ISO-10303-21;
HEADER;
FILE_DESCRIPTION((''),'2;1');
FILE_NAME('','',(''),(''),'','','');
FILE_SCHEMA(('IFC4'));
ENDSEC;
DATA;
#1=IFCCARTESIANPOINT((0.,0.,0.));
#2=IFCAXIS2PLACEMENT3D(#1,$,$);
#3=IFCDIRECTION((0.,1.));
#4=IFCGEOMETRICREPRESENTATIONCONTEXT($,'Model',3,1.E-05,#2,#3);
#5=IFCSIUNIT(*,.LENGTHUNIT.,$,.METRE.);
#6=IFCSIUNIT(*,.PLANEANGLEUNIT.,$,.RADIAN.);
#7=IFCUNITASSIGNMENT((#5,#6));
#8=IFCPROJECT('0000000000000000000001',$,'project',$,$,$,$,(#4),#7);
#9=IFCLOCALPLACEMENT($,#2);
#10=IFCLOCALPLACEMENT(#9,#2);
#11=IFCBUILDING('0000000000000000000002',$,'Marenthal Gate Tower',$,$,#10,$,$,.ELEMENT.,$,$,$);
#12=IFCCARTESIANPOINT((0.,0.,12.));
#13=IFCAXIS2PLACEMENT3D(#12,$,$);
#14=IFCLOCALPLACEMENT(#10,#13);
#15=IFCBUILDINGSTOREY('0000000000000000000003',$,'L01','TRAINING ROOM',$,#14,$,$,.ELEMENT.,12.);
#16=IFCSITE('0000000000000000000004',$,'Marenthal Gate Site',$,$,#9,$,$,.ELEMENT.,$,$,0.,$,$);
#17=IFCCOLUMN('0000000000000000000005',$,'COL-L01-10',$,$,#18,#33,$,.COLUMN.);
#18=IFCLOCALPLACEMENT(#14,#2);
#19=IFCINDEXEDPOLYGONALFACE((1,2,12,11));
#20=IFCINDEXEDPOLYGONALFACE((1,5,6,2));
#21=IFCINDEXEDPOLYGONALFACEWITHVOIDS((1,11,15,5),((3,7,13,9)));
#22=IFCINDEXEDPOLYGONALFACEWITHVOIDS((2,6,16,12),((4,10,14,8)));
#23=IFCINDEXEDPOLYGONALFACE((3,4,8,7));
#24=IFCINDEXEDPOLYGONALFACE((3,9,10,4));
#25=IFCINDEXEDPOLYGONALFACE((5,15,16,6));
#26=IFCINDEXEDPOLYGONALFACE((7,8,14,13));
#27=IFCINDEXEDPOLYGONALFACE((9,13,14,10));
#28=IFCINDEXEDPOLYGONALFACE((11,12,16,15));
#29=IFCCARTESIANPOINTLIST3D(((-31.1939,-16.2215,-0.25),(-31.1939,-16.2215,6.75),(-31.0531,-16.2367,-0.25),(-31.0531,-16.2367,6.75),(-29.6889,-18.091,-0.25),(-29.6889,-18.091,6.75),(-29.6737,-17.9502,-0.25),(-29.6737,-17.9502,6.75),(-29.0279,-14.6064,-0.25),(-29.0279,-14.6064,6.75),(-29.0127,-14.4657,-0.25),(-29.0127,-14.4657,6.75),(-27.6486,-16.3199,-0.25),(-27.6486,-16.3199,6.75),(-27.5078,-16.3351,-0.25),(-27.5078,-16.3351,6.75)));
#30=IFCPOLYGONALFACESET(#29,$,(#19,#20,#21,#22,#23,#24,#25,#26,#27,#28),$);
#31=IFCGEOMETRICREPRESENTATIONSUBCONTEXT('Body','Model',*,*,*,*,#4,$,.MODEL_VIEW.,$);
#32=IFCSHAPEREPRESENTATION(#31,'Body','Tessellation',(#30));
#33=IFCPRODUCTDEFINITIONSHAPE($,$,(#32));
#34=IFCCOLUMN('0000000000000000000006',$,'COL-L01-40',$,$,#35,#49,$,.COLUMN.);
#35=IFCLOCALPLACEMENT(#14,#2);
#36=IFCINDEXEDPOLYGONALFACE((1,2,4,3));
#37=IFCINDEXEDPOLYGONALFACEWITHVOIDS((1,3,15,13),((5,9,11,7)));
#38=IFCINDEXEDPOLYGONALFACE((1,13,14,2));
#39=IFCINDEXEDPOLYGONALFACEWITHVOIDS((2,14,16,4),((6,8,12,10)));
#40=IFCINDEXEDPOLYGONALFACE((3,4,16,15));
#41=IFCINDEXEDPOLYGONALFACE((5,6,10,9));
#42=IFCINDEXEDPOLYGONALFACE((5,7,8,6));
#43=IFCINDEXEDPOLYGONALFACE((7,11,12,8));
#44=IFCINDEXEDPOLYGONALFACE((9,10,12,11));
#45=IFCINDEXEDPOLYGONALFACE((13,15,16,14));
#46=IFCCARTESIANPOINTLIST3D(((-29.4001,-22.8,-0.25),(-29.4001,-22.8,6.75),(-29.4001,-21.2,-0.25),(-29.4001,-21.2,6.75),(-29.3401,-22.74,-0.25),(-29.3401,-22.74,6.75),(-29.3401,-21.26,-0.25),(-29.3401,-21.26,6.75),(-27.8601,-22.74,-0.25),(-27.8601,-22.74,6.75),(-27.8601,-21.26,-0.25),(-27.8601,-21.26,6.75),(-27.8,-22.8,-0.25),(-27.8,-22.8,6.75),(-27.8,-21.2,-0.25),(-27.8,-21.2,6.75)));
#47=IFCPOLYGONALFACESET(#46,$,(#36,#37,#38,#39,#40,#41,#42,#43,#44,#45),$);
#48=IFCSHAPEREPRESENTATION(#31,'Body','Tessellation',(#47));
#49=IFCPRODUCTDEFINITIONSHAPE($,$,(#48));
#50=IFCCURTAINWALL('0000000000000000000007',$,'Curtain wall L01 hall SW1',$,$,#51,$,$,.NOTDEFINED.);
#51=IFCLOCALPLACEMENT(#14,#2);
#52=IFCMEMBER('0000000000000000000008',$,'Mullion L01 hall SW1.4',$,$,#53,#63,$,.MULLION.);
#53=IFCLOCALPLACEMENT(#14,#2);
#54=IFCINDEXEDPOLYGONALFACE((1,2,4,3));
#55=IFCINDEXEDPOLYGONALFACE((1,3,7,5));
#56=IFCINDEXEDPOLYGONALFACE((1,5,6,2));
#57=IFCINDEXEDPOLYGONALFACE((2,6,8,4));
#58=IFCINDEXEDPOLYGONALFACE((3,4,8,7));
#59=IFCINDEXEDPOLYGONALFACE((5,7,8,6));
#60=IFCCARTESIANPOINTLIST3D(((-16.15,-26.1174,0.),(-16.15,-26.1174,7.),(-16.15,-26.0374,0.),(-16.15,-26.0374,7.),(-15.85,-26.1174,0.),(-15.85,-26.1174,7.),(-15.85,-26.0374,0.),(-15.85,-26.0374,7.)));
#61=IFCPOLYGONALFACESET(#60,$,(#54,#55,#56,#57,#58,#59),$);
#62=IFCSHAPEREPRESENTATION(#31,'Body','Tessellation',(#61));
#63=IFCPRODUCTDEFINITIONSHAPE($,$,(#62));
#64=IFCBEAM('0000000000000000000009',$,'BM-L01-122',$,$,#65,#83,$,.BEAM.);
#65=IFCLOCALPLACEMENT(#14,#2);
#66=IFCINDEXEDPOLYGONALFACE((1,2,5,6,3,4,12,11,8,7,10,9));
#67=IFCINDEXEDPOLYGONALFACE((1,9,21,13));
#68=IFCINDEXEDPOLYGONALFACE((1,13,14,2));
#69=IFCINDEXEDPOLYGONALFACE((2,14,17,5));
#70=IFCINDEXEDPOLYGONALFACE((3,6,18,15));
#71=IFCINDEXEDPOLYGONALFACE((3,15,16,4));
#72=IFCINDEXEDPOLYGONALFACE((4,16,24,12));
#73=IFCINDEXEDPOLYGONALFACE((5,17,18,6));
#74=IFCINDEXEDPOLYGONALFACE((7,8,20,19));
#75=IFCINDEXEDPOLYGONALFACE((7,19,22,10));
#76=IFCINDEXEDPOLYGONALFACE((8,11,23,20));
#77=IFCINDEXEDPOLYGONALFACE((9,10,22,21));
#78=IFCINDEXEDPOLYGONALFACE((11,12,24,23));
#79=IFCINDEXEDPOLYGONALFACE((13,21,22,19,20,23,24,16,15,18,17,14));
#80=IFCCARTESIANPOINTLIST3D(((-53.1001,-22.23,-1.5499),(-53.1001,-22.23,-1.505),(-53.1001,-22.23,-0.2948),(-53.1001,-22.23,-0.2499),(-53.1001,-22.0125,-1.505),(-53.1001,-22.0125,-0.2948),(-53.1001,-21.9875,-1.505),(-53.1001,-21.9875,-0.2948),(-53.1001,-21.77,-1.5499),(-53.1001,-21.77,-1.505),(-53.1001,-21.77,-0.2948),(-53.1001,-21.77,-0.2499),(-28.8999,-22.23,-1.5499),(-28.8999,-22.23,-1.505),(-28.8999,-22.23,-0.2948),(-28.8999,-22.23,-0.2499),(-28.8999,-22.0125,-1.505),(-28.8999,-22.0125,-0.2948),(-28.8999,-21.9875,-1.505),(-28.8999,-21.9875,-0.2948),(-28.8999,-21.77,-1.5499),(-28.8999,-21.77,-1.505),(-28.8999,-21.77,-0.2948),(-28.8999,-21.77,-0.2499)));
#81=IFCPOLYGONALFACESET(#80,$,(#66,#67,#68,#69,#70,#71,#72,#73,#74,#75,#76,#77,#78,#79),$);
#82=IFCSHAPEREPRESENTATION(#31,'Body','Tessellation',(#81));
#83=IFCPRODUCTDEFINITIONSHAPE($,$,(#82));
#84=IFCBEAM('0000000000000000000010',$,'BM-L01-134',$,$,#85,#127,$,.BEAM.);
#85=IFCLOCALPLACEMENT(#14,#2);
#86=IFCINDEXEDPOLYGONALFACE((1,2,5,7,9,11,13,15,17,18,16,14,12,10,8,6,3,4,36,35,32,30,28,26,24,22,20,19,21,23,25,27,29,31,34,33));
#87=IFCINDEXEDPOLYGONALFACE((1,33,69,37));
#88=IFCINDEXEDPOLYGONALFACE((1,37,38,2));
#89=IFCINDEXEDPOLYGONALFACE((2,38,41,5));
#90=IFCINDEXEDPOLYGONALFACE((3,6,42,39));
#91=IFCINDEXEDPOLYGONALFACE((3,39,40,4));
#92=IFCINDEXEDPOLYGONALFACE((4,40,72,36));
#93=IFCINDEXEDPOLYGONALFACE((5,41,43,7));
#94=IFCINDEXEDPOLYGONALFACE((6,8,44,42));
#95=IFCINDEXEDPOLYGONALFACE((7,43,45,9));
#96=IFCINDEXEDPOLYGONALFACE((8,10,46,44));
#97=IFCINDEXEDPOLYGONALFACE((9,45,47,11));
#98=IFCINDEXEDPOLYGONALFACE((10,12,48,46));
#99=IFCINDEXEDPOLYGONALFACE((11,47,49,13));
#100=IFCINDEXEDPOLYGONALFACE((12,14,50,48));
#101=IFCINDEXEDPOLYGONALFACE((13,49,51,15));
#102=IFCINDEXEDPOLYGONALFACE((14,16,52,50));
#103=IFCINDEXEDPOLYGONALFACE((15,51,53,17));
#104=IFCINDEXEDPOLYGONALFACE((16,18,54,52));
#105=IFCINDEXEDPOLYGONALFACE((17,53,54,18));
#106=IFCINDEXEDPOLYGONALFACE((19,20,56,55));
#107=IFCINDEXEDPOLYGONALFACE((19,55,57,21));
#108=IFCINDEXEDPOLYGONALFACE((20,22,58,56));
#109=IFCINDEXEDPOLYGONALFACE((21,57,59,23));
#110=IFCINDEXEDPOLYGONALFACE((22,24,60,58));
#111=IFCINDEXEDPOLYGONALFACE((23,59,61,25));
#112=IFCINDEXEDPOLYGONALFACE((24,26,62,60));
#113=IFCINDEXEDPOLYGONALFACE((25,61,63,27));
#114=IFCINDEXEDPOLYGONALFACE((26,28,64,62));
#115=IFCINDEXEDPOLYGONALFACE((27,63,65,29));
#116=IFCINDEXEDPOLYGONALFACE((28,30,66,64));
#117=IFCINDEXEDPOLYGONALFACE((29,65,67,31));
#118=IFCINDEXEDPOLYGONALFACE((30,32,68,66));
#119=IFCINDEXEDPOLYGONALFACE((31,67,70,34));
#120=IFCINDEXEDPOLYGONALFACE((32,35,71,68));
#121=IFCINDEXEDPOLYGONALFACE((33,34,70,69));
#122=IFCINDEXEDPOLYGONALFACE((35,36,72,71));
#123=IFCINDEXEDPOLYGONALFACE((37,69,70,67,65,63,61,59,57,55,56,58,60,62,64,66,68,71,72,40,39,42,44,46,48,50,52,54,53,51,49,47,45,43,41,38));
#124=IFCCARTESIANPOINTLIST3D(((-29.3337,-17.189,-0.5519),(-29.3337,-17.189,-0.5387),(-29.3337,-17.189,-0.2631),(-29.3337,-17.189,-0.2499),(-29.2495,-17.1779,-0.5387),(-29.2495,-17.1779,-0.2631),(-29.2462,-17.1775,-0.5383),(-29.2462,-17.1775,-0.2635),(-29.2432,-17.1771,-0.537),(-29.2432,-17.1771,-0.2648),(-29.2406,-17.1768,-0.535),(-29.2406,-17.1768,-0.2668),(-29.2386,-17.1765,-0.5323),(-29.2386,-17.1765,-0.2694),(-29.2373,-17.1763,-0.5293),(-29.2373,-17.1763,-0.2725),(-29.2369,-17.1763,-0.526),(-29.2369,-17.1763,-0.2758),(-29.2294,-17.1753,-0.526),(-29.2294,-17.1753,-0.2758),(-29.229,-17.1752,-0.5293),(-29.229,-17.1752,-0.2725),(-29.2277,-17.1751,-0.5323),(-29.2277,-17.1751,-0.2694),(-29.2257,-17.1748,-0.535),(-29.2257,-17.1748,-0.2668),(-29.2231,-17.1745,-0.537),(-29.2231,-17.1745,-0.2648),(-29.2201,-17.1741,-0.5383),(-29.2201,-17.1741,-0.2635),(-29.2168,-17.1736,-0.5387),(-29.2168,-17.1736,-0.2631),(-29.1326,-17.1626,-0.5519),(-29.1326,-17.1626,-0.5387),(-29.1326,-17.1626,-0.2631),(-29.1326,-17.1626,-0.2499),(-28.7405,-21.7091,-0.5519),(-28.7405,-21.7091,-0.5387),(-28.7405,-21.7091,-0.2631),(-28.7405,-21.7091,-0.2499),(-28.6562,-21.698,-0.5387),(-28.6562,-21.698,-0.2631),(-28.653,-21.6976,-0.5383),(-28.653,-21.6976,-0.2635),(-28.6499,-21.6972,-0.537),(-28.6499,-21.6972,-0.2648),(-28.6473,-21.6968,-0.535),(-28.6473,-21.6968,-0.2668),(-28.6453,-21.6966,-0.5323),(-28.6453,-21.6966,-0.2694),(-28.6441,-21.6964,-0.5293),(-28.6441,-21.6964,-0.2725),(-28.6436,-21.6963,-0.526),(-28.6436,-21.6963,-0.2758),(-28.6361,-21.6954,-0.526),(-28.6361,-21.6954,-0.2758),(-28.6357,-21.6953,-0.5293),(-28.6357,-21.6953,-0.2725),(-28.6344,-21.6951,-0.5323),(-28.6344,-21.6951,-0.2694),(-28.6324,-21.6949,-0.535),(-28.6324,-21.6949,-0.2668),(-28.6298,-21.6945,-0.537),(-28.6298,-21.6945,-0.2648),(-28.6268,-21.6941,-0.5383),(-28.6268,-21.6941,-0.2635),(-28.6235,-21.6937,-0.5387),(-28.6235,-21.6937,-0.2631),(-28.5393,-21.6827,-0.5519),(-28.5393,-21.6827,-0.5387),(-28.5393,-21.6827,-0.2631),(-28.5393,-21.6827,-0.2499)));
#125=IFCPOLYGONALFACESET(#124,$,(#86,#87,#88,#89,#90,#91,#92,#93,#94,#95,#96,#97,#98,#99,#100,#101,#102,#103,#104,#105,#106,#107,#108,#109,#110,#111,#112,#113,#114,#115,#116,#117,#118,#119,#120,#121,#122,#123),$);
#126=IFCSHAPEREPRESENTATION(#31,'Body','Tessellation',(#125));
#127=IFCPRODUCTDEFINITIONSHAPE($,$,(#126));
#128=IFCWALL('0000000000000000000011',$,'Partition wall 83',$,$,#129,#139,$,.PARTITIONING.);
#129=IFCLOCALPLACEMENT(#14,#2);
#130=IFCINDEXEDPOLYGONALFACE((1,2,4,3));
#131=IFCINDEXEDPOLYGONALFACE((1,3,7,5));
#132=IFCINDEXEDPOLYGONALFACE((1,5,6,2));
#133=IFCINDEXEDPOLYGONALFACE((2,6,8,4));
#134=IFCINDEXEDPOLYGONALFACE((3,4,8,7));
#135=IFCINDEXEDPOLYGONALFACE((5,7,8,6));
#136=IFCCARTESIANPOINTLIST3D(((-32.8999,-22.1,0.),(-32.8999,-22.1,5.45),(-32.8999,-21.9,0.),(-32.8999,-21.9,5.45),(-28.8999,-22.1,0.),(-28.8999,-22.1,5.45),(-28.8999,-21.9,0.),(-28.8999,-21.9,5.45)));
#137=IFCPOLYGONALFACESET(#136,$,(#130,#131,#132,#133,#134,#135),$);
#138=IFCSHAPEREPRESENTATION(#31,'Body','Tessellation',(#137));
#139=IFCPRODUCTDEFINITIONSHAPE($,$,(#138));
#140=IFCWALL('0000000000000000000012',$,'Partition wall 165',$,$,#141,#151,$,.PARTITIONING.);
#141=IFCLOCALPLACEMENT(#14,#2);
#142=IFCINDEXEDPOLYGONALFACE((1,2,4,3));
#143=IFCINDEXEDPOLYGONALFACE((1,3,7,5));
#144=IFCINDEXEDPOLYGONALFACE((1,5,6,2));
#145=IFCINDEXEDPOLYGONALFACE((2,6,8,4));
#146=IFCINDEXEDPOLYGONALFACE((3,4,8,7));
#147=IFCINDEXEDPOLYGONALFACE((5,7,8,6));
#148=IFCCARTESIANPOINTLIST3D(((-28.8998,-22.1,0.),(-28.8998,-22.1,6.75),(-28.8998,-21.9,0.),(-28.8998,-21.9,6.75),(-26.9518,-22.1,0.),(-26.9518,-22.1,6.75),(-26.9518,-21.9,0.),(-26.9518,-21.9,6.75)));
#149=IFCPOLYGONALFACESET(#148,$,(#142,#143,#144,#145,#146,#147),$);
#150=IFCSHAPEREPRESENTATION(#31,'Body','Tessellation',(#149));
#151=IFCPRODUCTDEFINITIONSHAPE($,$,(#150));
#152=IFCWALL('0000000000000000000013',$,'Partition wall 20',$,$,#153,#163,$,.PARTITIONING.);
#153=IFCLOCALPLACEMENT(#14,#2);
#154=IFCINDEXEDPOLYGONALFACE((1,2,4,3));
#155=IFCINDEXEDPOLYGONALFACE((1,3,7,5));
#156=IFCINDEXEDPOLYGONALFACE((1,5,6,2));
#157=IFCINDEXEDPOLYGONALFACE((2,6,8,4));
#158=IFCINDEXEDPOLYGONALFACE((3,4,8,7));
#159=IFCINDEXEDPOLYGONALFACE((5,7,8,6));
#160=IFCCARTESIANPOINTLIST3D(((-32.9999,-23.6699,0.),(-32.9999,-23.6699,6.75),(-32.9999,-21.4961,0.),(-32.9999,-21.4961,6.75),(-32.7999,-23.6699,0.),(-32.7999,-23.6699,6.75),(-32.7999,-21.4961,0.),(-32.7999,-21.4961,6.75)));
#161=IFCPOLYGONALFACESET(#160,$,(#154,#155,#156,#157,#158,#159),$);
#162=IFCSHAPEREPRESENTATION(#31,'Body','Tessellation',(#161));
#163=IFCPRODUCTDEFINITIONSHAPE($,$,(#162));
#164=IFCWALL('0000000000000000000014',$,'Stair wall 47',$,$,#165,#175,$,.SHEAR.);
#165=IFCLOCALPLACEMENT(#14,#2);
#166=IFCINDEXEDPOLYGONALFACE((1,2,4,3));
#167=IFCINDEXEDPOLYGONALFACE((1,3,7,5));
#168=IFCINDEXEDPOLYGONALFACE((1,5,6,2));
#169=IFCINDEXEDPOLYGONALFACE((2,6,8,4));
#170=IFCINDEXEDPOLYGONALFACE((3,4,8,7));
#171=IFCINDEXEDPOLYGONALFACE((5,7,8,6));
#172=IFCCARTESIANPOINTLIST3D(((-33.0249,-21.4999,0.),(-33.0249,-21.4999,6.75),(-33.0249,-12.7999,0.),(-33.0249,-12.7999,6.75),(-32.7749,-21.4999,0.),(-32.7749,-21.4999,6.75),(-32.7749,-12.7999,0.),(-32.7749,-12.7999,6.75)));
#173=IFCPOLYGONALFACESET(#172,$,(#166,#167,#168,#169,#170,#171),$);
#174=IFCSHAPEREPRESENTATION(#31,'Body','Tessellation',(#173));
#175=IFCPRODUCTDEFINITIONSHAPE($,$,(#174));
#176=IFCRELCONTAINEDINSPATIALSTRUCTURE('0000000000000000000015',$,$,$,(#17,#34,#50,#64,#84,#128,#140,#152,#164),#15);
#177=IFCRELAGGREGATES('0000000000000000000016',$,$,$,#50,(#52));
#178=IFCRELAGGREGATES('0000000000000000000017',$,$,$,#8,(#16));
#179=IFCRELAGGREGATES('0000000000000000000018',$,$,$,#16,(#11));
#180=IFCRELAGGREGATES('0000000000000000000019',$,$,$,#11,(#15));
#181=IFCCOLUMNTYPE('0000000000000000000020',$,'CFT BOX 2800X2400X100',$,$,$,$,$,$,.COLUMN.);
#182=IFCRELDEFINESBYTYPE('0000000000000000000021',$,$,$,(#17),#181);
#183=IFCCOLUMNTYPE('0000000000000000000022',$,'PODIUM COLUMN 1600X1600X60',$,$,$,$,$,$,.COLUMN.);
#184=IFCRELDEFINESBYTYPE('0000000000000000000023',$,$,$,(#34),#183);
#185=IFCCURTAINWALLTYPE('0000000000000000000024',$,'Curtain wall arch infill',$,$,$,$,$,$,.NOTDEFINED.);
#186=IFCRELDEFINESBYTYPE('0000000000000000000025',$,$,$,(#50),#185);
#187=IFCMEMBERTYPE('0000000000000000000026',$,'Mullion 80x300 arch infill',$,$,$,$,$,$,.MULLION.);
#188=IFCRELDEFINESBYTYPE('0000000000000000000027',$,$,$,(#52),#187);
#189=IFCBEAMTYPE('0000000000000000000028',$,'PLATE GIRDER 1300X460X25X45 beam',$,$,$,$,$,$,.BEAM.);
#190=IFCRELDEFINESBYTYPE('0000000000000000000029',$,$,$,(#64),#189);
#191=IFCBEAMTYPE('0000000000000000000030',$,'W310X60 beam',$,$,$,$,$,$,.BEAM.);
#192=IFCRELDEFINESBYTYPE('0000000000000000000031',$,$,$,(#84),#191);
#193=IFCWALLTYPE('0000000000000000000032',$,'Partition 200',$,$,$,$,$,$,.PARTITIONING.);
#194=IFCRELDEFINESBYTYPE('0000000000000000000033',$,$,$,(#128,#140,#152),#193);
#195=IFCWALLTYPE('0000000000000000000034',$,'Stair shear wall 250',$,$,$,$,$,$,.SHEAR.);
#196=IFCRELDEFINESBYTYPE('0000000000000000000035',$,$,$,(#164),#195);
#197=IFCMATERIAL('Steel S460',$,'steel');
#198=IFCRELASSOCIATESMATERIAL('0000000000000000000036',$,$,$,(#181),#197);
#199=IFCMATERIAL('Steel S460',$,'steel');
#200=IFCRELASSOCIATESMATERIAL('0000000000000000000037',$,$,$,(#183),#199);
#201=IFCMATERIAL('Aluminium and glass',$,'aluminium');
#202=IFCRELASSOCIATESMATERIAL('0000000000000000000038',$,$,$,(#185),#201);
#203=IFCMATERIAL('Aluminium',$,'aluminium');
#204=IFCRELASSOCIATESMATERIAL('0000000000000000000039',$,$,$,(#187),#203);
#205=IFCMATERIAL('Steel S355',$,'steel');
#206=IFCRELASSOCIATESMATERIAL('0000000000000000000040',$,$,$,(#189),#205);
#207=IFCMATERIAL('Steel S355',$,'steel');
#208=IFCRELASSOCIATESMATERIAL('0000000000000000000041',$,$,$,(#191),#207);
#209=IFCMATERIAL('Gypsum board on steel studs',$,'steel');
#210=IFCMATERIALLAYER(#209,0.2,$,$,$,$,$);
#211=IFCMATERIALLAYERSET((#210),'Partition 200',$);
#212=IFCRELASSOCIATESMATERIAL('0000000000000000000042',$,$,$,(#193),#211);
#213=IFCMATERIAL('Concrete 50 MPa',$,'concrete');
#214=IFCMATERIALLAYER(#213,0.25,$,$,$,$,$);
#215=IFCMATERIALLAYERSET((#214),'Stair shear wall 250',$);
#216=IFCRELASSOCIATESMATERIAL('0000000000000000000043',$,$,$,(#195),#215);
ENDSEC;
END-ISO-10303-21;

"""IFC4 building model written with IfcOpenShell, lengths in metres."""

from ifc_helpers import new_model, si_unit, direction, frame, frame_2d, origin, origin_2d, place, context, subcontext, project, spatial, rectangle, hollow_rectangle, i_section, extrude, material, layer, layer_set, material_profile, profile_set, type_object, element, aggregate, save


model = new_model("IFC4")

# Units and contexts
model_context = context("Model", 3, precision=1e-05, world=origin(), true_north=direction((0.0, 1.0)))
body_context = subcontext(model_context, "Body", "Model", "MODEL_VIEW")
ifc_project = project(units=[si_unit("LENGTHUNIT", "METRE"), si_unit("PLANEANGLEUNIT", "RADIAN")], contexts=[model_context])

# Site, building, storey
site_placement = place(None, origin())
site = spatial("IfcSite", under=ifc_project, at=site_placement, Name="Marenthal Gate Site", CompositionType="ELEMENT", RefElevation=0.0)
building_placement = place(site_placement, origin())
building = spatial("IfcBuilding", under=site, at=building_placement, Name="Marenthal Gate Tower", CompositionType="ELEMENT")
storey_placement = place(building_placement, frame((0.0, 0.0, 12.0)))
storey = spatial("IfcBuildingStorey", under=building, at=storey_placement, Name="L01", Description="TRAINING ROOM", CompositionType="ELEMENT", Elevation=12.0)

# Columns
ifc_material_1 = material(Name="Steel S460", Category="steel")
ifc_material_profile_1 = material_profile(ifc_material_1, hollow_rectangle(XDim=2.3999, YDim=2.8, WallThickness=0.1001, at=origin_2d()), Name="CFT BOX 2800X2400X100")
ifc_material_2 = material(Name="Concrete 70 MPa", Category="concrete")
ifc_material_profile_2 = material_profile(ifc_material_2, rectangle(XDim=2.2, YDim=2.6001, at=origin_2d()), Name="CFT BOX 2800X2400X100 INFILL")
ifc_profile_set_1 = profile_set([ifc_material_profile_1, ifc_material_profile_2], Name="Steel S460 shell, Concrete 70 MPa infill")
column_type_1 = type_object("IfcColumnType", Name="CFT BOX 2800X2400X100", PredefinedType="COLUMN", material=ifc_profile_set_1)
column_1_placement = place(storey_placement, frame((-29.3508, -16.2783, -0.25), z_axis=(0.0, 0.0, 1.0), x_axis=(-0.62707, 0.778963, 0.0)))
element("IfcColumn", 1, at=column_1_placement, inside=storey, type_object=column_type_1, Name="COL-L01-10", PredefinedType="COLUMN", context=body_context, shape_type="SweptSolid", body=[
    extrude(hollow_rectangle(XDim=2.3999, YDim=2.8, WallThickness=0.1001, at=origin_2d()), origin(), (0.0, 0.0, 1.0), 7.0),
])
ifc_material_3 = material(Name="Steel S460", Category="steel")
ifc_material_profile_3 = material_profile(ifc_material_3, hollow_rectangle(XDim=1.6001, YDim=1.6001, WallThickness=0.0601, at=origin_2d()), Name="CFT BOX 1600X1600X60")
ifc_material_4 = material(Name="Concrete 70 MPa", Category="concrete")
ifc_material_profile_4 = material_profile(ifc_material_4, rectangle(XDim=1.48, YDim=1.48, at=origin_2d()), Name="CFT BOX 1600X1600X60 INFILL")
ifc_profile_set_2 = profile_set([ifc_material_profile_3, ifc_material_profile_4], Name="Steel S460 shell, Concrete 70 MPa infill")
column_type_2 = type_object("IfcColumnType", Name="PODIUM COLUMN 1600X1600X60", PredefinedType="COLUMN", material=ifc_profile_set_2)
column_2_placement = place(storey_placement, frame((-28.6001, -22.0, -0.25), z_axis=(0.0, 0.0, 1.0), x_axis=(1.0, 0.0, 0.0)))
element("IfcColumn", 2, at=column_2_placement, inside=storey, type_object=column_type_2, Name="COL-L01-40", PredefinedType="COLUMN", context=body_context, shape_type="SweptSolid", body=[
    extrude(hollow_rectangle(XDim=1.6001, YDim=1.6001, WallThickness=0.0601, at=origin_2d()), origin(), (0.0, 0.0, 1.0), 7.0),
])

# Curtain wall, member
ifc_material_5 = material(Name="Aluminium and glass", Category="aluminium")
curtain_wall_type = type_object("IfcCurtainWallType", Name="Curtain wall arch infill", PredefinedType="NOTDEFINED", material=ifc_material_5)
curtain_wall_placement = place(storey_placement, origin())
curtain_wall = element("IfcCurtainWall", 3, at=curtain_wall_placement, inside=storey, type_object=curtain_wall_type, Name="Curtain wall L01 hall SW1", PredefinedType="NOTDEFINED")
ifc_material_6 = material(Name="Aluminium", Category="aluminium")
ifc_material_profile_5 = material_profile(ifc_material_6, rectangle(XDim=0.3, YDim=0.0801, at=origin_2d()), Name="80x300 aluminium mullion")
ifc_profile_set_3 = profile_set([ifc_material_profile_5], Name="Aluminium")
member_type = type_object("IfcMemberType", Name="Mullion 80x300 arch infill", PredefinedType="MULLION", material=ifc_profile_set_3)
member_placement = place(storey_placement, frame((-16.0, -26.0774, 0.0), z_axis=(0.0, 0.0, 1.0), x_axis=(1.0, 0.0, 0.0)))
member = element("IfcMember", 4, at=member_placement, type_object=member_type, Name="Mullion L01 hall SW1.4", PredefinedType="MULLION", context=body_context, shape_type="SweptSolid", body=[
    extrude(rectangle(XDim=0.3, YDim=0.0801, at=origin_2d()), origin(), (0.0, 0.0, 1.0), 7.0),
])
aggregate(curtain_wall, [member])

# Beams
ifc_material_7 = material(Name="Steel S355", Category="steel")
ifc_material_profile_6 = material_profile(ifc_material_7, i_section(OverallWidth=0.46, OverallDepth=1.3, WebThickness=0.0249, FlangeThickness=0.0449, at=origin_2d()), Name="PLATE GIRDER 1300X460X25X45")
ifc_profile_set_4 = profile_set([ifc_material_profile_6], Name="Steel S355")
beam_type_1 = type_object("IfcBeamType", Name="PLATE GIRDER 1300X460X25X45 beam", PredefinedType="BEAM", material=ifc_profile_set_4)
beam_1_placement = place(storey_placement, frame((-28.8999, -22.0, -0.8999), z_axis=(-1.0, 0.0, 0.0), x_axis=(0.0, -1.0, 0.0)))
element("IfcBeam", 5, at=beam_1_placement, inside=storey, type_object=beam_type_1, Name="BM-L01-122", PredefinedType="BEAM", context=body_context, shape_type="SweptSolid", body=[
    extrude(i_section(OverallWidth=0.46, OverallDepth=1.3, WebThickness=0.0249, FlangeThickness=0.0449, at=origin_2d()), origin(), (0.0, 0.0, 1.0), 24.2002),
])
ifc_material_8 = material(Name="Steel S355", Category="steel")
ifc_material_profile_7 = material_profile(ifc_material_8, i_section(OverallWidth=0.2029, OverallDepth=0.302, WebThickness=0.0076, FlangeThickness=0.0132, FilletRadius=0.0127, at=origin_2d()), Name="W310X60")
ifc_profile_set_5 = profile_set([ifc_material_profile_7], Name="Steel S355")
beam_type_2 = type_object("IfcBeamType", Name="W310X60 beam", PredefinedType="BEAM", material=ifc_profile_set_5)
beam_2_placement = place(storey_placement, frame((-29.2332, -17.1758, -0.4009), z_axis=(0.130136, -0.991496, 0.0), x_axis=(0.991496, 0.130136, 0.0)))
element("IfcBeam", 6, at=beam_2_placement, inside=storey, type_object=beam_type_2, Name="BM-L01-134", PredefinedType="BEAM", context=body_context, shape_type="SweptSolid", body=[
    extrude(i_section(OverallWidth=0.2029, OverallDepth=0.302, WebThickness=0.0076, FlangeThickness=0.0132, FilletRadius=0.0127, at=origin_2d()), origin(), (0.0, 0.0, 1.0), 4.5588),
])

# Walls
ifc_material_9 = material(Name="Gypsum board on steel studs", Category="steel")
ifc_layer_1 = layer(ifc_material_9, 0.2)
ifc_layer_set_1 = layer_set([ifc_layer_1], Name="Partition 200")
wall_type_1 = type_object("IfcWallType", Name="Partition 200", PredefinedType="PARTITIONING", material=ifc_layer_set_1)
wall_1_placement = place(storey_placement, frame((-32.8999, -22.0, 0.0), z_axis=(0.0, 0.0, 1.0), x_axis=(1.0, 0.0, 0.0)))
element("IfcWall", 7, at=wall_1_placement, inside=storey, type_object=wall_type_1, Name="Partition wall 83", PredefinedType="PARTITIONING", context=body_context, shape_type="SweptSolid", body=[
    extrude(rectangle(XDim=4.0, YDim=0.2, at=frame_2d((2.0, 0.0))), origin(), (0.0, 0.0, 1.0), 5.45),
])
wall_2_placement = place(storey_placement, frame((-28.8999, -22.0, 0.0), z_axis=(0.0, 0.0, 1.0), x_axis=(1.0, 0.0, 0.0)))
element("IfcWall", 8, at=wall_2_placement, inside=storey, type_object=wall_type_1, Name="Partition wall 165", PredefinedType="PARTITIONING", context=body_context, shape_type="SweptSolid", body=[
    extrude(rectangle(XDim=1.948, YDim=0.2, at=frame_2d((0.9741, 0.0))), origin(), (0.0, 0.0, 1.0), 6.75),
])
wall_3_placement = place(storey_placement, frame((-32.8999, -23.6699, 0.0), z_axis=(0.0, 0.0, 1.0), x_axis=(0.0, 1.0, 0.0)))
element("IfcWall", 9, at=wall_3_placement, inside=storey, type_object=wall_type_1, Name="Partition wall 20", PredefinedType="PARTITIONING", context=body_context, shape_type="SweptSolid", body=[
    extrude(rectangle(XDim=2.1738, YDim=0.2, at=frame_2d((1.0869, 0.0))), origin(), (0.0, 0.0, 1.0), 6.75),
])
ifc_material_10 = material(Name="Concrete 50 MPa", Category="concrete")
ifc_layer_2 = layer(ifc_material_10, 0.25)
ifc_layer_set_2 = layer_set([ifc_layer_2], Name="Stair shear wall 250")
wall_type_2 = type_object("IfcWallType", Name="Stair shear wall 250", PredefinedType="SHEAR", material=ifc_layer_set_2)
wall_4_placement = place(storey_placement, frame((-32.8999, -21.5, 0.0), z_axis=(0.0, 0.0, 1.0), x_axis=(0.0, 1.0, 0.0)))
element("IfcWall", 10, at=wall_4_placement, inside=storey, type_object=wall_type_2, Name="Stair wall 47", PredefinedType="SHEAR", context=body_context, shape_type="SweptSolid", body=[
    extrude(rectangle(XDim=8.7, YDim=0.25, at=frame_2d((4.3501, 0.0))), origin(), (0.0, 0.0, 1.0), 6.75),
])

save(model, "model.ifc")
